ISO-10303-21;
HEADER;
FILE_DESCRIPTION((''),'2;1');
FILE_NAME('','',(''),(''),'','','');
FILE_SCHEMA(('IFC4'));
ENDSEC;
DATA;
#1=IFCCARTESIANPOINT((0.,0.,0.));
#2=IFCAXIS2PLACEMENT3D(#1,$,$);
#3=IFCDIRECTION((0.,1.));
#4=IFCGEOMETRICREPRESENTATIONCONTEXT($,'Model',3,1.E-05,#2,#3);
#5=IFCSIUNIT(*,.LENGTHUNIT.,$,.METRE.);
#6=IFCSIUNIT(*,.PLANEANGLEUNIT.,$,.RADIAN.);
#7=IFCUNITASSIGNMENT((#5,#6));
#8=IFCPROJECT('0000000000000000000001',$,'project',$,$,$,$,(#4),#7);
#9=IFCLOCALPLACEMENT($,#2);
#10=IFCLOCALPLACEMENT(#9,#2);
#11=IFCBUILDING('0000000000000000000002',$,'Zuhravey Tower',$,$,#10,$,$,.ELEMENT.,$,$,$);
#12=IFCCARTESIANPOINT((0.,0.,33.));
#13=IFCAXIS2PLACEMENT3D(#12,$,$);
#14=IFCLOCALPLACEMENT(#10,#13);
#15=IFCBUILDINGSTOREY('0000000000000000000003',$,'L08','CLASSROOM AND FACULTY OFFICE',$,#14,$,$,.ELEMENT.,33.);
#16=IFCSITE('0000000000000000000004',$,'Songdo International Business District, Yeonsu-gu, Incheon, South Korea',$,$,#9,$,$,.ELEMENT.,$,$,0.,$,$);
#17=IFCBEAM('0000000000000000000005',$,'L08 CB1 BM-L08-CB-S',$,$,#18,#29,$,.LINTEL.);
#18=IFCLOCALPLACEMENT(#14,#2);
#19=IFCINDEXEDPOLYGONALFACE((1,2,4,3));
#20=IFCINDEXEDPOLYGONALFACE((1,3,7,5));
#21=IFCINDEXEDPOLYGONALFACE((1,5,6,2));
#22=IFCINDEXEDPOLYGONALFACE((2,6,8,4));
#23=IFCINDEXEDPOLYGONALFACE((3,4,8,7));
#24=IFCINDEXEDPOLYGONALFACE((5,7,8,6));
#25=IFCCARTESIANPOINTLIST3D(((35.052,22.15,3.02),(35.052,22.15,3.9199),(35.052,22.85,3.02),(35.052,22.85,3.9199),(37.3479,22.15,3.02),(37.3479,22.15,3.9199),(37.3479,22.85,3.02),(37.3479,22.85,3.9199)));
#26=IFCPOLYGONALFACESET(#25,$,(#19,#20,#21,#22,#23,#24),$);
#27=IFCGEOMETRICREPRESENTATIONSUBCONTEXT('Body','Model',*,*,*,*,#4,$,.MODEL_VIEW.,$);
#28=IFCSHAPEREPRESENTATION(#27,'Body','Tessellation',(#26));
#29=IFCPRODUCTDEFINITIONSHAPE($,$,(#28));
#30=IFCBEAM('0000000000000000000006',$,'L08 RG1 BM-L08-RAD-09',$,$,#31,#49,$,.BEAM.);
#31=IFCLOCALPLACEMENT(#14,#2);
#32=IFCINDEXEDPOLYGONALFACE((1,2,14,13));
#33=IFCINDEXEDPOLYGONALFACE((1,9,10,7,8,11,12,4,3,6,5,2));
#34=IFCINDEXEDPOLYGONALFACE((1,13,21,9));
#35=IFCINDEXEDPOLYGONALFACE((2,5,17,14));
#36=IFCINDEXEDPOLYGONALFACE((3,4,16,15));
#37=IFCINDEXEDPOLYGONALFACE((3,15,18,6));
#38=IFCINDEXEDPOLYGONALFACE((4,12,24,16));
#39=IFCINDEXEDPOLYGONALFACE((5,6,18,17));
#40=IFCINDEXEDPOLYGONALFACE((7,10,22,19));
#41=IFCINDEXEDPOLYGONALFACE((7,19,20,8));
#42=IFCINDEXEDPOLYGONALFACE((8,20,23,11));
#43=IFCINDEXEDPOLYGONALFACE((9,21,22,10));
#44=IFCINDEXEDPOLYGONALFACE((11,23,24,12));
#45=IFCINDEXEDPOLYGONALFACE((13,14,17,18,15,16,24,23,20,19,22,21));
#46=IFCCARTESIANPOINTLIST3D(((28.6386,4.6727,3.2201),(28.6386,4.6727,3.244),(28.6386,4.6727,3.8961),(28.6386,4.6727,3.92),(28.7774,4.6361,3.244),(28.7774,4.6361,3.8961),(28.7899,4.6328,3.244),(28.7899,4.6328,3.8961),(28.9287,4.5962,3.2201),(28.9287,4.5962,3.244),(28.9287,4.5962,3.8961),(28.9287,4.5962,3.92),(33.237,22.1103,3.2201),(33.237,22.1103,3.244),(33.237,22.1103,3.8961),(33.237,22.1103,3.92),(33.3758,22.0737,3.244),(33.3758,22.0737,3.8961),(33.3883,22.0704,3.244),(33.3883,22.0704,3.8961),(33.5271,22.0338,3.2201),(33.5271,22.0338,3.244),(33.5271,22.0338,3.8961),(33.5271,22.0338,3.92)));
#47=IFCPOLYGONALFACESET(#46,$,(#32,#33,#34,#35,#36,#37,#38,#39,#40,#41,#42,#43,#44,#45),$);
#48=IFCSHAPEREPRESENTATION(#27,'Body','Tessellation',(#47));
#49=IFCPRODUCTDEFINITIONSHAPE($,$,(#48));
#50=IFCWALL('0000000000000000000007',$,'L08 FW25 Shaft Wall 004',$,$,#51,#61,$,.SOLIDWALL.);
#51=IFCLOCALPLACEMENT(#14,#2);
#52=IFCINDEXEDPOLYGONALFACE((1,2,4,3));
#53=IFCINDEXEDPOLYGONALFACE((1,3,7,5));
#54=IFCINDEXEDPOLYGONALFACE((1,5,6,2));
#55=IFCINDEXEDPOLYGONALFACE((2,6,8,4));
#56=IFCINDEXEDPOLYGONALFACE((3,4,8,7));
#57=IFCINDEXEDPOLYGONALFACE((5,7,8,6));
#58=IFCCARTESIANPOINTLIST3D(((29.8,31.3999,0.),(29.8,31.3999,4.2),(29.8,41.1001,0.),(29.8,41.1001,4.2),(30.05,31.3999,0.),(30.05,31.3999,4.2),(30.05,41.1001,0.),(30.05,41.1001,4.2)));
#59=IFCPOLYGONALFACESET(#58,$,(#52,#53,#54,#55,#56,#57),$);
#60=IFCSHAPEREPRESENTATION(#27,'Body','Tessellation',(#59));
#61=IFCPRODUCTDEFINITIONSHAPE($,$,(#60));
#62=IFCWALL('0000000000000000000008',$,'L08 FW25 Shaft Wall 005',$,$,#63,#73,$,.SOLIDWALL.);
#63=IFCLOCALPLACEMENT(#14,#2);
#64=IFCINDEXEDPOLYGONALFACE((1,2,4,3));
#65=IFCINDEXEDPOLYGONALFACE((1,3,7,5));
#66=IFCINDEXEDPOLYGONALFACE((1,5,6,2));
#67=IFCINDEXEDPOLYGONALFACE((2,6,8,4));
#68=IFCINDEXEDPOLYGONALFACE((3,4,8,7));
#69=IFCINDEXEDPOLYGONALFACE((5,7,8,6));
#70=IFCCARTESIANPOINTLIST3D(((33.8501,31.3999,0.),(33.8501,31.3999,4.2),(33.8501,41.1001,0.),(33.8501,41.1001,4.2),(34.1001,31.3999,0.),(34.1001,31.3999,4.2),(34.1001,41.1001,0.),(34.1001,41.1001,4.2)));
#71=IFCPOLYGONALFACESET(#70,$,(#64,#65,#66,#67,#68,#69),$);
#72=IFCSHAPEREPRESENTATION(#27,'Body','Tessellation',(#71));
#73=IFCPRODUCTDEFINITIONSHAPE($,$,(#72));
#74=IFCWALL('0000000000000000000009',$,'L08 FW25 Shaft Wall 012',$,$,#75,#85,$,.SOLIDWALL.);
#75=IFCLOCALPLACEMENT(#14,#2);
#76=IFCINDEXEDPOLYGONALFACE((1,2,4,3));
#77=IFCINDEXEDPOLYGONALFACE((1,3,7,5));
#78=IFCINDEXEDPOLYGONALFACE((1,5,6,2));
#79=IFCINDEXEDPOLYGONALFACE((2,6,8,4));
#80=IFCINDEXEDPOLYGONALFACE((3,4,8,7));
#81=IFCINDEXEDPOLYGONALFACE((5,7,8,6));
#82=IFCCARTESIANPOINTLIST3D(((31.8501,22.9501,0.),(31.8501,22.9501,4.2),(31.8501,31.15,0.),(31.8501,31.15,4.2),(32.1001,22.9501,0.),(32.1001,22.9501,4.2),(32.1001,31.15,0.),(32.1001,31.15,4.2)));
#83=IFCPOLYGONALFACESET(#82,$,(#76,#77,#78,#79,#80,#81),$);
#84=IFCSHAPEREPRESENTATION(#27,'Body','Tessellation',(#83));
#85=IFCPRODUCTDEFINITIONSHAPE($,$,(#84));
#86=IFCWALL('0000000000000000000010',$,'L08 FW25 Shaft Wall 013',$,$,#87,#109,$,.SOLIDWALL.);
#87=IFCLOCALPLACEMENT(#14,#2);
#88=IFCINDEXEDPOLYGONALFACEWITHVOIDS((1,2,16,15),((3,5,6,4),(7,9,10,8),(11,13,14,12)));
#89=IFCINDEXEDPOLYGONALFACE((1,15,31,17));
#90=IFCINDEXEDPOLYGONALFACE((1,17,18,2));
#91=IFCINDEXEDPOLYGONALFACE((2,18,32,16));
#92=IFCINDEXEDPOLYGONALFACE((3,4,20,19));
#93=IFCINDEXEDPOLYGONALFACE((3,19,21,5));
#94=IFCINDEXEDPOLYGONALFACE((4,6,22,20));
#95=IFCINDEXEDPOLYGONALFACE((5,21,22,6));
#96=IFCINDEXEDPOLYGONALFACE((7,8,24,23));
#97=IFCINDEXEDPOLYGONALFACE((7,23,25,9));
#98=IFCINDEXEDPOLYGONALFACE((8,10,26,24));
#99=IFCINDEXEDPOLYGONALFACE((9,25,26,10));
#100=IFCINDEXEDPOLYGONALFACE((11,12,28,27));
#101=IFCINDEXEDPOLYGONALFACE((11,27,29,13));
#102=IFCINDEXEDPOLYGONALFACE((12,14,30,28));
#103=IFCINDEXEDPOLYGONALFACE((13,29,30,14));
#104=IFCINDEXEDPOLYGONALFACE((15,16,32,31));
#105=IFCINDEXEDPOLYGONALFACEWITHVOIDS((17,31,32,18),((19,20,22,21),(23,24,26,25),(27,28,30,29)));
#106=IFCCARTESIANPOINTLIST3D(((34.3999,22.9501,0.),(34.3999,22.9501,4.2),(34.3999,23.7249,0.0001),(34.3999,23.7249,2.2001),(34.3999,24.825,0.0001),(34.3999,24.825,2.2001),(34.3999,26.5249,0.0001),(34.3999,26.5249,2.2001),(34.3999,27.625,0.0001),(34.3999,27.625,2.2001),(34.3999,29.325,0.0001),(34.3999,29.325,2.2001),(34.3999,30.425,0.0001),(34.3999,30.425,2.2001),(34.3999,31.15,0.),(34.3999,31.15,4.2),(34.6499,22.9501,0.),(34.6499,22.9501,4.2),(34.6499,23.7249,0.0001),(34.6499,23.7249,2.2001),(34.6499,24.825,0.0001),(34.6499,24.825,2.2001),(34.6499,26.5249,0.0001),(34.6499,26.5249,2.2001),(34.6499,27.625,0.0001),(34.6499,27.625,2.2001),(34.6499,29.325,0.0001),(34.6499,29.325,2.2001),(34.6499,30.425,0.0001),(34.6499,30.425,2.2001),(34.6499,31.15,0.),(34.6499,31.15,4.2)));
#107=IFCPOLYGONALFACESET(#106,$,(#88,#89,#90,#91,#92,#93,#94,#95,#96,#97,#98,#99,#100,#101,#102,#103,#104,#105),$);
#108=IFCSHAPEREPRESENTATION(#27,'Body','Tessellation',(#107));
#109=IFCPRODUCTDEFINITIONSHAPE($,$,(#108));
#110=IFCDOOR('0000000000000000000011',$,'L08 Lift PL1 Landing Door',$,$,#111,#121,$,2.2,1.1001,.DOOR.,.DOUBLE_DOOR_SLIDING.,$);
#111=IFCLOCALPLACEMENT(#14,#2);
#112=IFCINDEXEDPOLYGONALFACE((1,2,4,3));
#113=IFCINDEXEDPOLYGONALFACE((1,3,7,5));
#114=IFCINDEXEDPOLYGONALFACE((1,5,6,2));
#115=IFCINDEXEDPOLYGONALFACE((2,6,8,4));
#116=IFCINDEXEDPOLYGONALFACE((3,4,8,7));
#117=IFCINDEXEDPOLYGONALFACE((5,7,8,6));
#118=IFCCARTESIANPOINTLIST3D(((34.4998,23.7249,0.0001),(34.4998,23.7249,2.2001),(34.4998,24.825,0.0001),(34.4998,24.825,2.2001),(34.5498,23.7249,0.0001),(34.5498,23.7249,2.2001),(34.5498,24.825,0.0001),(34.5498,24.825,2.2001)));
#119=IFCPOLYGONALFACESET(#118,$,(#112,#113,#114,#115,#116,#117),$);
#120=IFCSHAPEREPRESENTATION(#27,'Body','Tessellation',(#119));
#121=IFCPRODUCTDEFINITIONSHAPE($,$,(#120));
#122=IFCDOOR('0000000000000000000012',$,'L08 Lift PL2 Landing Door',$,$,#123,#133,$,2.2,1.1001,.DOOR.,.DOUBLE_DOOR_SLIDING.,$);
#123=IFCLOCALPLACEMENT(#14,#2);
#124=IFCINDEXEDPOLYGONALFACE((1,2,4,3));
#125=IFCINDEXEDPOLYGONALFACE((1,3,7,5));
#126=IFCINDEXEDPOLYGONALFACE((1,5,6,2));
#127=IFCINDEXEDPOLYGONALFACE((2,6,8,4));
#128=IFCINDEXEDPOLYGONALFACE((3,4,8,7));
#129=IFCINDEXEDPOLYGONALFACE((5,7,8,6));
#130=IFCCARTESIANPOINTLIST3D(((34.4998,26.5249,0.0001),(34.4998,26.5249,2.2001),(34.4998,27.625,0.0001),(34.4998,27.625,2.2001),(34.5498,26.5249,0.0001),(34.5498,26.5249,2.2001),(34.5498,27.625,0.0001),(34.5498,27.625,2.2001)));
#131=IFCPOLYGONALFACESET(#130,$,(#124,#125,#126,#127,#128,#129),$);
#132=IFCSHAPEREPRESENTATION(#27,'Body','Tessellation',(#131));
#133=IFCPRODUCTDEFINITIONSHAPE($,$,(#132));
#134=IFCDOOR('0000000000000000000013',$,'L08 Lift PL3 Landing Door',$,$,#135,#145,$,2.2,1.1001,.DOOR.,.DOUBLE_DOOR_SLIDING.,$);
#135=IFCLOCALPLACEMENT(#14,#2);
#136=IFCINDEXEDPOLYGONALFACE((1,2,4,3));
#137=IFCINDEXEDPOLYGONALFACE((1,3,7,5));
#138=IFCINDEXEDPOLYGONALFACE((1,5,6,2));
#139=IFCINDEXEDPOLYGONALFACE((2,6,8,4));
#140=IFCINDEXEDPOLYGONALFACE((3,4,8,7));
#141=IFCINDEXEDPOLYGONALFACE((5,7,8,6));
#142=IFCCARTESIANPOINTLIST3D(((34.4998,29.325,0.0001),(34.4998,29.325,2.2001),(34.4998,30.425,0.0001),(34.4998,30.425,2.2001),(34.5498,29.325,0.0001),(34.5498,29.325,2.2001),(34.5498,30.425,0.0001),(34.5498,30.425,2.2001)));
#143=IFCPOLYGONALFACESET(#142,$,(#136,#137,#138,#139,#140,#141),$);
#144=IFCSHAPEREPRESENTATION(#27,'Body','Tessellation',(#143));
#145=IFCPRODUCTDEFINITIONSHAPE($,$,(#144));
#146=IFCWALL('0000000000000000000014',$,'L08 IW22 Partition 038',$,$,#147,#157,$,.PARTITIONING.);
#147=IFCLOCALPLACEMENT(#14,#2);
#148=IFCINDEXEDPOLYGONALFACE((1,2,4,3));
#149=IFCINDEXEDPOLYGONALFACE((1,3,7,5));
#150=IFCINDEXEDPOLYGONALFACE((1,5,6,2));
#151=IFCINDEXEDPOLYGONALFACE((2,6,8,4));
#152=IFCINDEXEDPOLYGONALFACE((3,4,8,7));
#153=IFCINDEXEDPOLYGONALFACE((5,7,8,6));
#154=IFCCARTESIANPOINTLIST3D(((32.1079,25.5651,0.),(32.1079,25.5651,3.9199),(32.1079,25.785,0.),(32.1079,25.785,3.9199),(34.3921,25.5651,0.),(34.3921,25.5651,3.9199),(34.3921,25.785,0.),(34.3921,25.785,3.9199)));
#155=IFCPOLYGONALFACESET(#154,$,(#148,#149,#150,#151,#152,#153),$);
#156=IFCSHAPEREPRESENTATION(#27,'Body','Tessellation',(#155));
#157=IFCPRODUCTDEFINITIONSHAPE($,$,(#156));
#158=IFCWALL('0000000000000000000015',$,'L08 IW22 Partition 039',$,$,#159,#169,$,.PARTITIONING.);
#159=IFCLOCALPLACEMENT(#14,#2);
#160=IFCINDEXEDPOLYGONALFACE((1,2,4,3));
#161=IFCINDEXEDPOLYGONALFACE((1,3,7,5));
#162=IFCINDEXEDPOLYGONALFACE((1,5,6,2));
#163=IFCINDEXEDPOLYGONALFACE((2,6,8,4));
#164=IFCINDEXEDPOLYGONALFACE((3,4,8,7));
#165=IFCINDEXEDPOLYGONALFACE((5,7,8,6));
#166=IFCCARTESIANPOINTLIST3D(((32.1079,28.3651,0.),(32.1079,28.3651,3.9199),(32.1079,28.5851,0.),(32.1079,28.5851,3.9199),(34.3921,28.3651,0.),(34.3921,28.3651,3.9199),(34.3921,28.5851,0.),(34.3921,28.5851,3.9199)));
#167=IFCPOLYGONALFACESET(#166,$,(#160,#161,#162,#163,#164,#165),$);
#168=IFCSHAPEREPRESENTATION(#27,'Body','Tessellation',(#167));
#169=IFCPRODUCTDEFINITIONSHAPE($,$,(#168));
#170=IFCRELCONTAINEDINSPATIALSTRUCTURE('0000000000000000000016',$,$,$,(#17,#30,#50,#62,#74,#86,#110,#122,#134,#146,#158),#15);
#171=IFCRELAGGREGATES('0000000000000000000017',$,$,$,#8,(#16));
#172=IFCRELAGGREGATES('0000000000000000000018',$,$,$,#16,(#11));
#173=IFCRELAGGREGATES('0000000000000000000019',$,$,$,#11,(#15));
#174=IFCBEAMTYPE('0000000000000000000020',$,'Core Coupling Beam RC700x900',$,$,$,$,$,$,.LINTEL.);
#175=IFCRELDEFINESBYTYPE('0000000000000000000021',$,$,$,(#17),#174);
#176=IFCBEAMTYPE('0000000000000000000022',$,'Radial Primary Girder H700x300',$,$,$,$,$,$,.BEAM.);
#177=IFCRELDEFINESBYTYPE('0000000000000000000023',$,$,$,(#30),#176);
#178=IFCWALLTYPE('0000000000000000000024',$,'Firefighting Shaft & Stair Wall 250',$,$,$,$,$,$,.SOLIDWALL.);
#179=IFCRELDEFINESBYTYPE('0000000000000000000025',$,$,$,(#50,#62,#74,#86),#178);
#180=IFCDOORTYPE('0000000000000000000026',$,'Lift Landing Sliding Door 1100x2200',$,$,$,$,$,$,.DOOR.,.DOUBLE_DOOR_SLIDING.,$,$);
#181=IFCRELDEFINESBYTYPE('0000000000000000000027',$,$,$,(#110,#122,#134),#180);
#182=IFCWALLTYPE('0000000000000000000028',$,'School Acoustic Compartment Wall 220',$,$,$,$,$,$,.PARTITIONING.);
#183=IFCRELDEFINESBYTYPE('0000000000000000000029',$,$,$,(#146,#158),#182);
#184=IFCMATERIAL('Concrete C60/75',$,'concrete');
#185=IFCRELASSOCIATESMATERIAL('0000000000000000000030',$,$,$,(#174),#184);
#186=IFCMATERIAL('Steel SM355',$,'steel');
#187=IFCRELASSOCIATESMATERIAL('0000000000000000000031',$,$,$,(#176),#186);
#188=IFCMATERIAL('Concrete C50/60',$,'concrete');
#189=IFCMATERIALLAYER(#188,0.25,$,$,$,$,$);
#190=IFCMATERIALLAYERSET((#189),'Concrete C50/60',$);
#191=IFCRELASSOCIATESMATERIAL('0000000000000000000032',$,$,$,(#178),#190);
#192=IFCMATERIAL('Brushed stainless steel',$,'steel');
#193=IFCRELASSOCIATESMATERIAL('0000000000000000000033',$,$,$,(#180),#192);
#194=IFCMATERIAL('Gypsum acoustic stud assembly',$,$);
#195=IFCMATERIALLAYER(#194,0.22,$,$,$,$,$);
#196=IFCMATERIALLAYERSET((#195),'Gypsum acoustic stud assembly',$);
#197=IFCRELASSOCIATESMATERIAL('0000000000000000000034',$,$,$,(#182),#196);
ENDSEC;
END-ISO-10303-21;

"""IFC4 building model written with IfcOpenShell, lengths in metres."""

from ifc_helpers import new_model, si_unit, direction, frame, frame_2d, origin, origin_2d, place, context, subcontext, project, spatial, rectangle, i_section, extrude, material, layer, layer_set, material_profile, profile_set, type_object, element, fill, save


model = new_model("IFC4")

# Units and contexts
model_context = context("Model", 3, precision=1e-05, world=origin(), true_north=direction((0.0, 1.0)))
body_context = subcontext(model_context, "Body", "Model", "MODEL_VIEW")
ifc_project = project(units=[si_unit("LENGTHUNIT", "METRE"), si_unit("PLANEANGLEUNIT", "RADIAN")], contexts=[model_context])

# Site, building, storey
site_placement = place(None, origin())
site = spatial("IfcSite", under=ifc_project, at=site_placement, Name="Songdo International Business District, Yeonsu-gu, Incheon, South Korea", CompositionType="ELEMENT", RefElevation=0.0)
building_placement = place(site_placement, origin())
building = spatial("IfcBuilding", under=site, at=building_placement, Name="Zuhravey Tower", CompositionType="ELEMENT")
storey_placement = place(building_placement, frame((0.0, 0.0, 33.0)))
storey = spatial("IfcBuildingStorey", under=building, at=storey_placement, Name="L08", Description="CLASSROOM AND FACULTY OFFICE", CompositionType="ELEMENT", Elevation=33.0)

# Beams
ifc_material_1 = material(Name="Concrete C60/75", Category="concrete")
ifc_material_profile_1 = material_profile(ifc_material_1, rectangle(XDim=0.7, YDim=0.8999, at=origin_2d()), Name="RC-700x900")
ifc_profile_set_1 = profile_set([ifc_material_profile_1], Name="Concrete C60/75")
beam_type_1 = type_object("IfcBeamType", Name="Core Coupling Beam RC700x900", PredefinedType="LINTEL", material=ifc_profile_set_1)
beam_1_placement = place(storey_placement, frame((35.052, 22.5, 3.47), z_axis=(1.0, 0.0, 0.0), x_axis=(0.0, 1.0, 0.0)))
element("IfcBeam", 1, at=beam_1_placement, inside=storey, type_object=beam_type_1, Name="L08 CB1 BM-L08-CB-S", PredefinedType="LINTEL", context=body_context, shape_type="SweptSolid", body=[
    extrude(rectangle(XDim=0.7, YDim=0.8999, at=origin_2d()), origin(), (0.0, 0.0, 1.0), 2.2959),
])
ifc_material_2 = material(Name="Steel SM355", Category="steel")
ifc_material_profile_2 = material_profile(ifc_material_2, i_section(OverallWidth=0.3, OverallDepth=0.7, WebThickness=0.0129, FlangeThickness=0.0239, at=origin_2d()), Name="H-700x300x13x24")
ifc_profile_set_2 = profile_set([ifc_material_profile_2], Name="Steel SM355")
beam_type_2 = type_object("IfcBeamType", Name="Radial Primary Girder H700x300", PredefinedType="BEAM", material=ifc_profile_set_2)
beam_2_placement = place(storey_placement, frame((33.3821, 22.072, 3.5701), z_axis=(-0.25499, -0.966944, 0.0), x_axis=(0.966944, -0.25499, 0.0)))
element("IfcBeam", 2, at=beam_2_placement, inside=storey, type_object=beam_type_2, Name="L08 RG1 BM-L08-RAD-09", PredefinedType="BEAM", context=body_context, shape_type="SweptSolid", body=[
    extrude(i_section(OverallWidth=0.3, OverallDepth=0.7, WebThickness=0.0129, FlangeThickness=0.0239, at=origin_2d()), origin(), (0.0, 0.0, 1.0), 18.0337),
])

# Shared definitions
ifc_material_3 = material(Name="Concrete C50/60", Category="concrete")
ifc_layer_1 = layer(ifc_material_3, 0.25)
ifc_layer_set_1 = layer_set([ifc_layer_1], Name="Concrete C50/60")
wall_type_1 = type_object("IfcWallType", Name="Firefighting Shaft & Stair Wall 250", PredefinedType="SOLIDWALL", material=ifc_layer_set_1)

# Walls
for number, where, z_axis, x_axis, name in (
    (3, (29.925, 31.3999, 0.0), (0.0, 0.0, 1.0), (0.0, 1.0, 0.0), "L08 FW25 Shaft Wall 004"),
    (4, (33.9751, 31.3999, 0.0), (0.0, 0.0, 1.0), (0.0, 1.0, 0.0), "L08 FW25 Shaft Wall 005"),
):
    element("IfcWall", number, at=place(storey_placement, frame(where, z_axis=z_axis, x_axis=x_axis)), inside=storey, type_object=wall_type_1, Name=name, PredefinedType="SOLIDWALL", context=body_context, shape_type="SweptSolid", body=[
        extrude(rectangle(XDim=9.7002, YDim=0.25, at=frame_2d((4.8501, 0.0))), origin(), (0.0, 0.0, 1.0), 4.2),
    ])
wall_1_placement = place(storey_placement, frame((31.9751, 22.95, 0.0), z_axis=(0.0, 0.0, 1.0), x_axis=(0.0, 1.0, 0.0)))
element("IfcWall", 5, at=wall_1_placement, inside=storey, type_object=wall_type_1, Name="L08 FW25 Shaft Wall 012", PredefinedType="SOLIDWALL", context=body_context, shape_type="SweptSolid", body=[
    extrude(rectangle(XDim=8.2, YDim=0.25, at=frame_2d((4.1001, 0.0))), origin(), (0.0, 0.0, 1.0), 4.2),
])

# Wall, openings, doors
wall_2_placement = place(storey_placement, frame((34.5249, 22.95, 0.0), z_axis=(0.0, 0.0, 1.0), x_axis=(0.0, 1.0, 0.0)))
wall_2 = element("IfcWall", 6, at=wall_2_placement, inside=storey, type_object=wall_type_1, Name="L08 FW25 Shaft Wall 013", PredefinedType="SOLIDWALL", context=body_context, shape_type="SweptSolid", body=[
    extrude(rectangle(XDim=8.2, YDim=0.25, at=frame_2d((4.1001, 0.0))), origin(), (0.0, 0.0, 1.0), 4.2),
])
opening_1_placement = place(wall_2_placement, frame((0.7749, 0.0, 0.0)))
opening_1 = element("IfcOpeningElement", 7, at=opening_1_placement, cuts=wall_2, PredefinedType="OPENING", context=body_context, shape_type="SweptSolid", body=[
    extrude(rectangle(XDim=1.1001, YDim=2.2, at=frame_2d((0.55, 1.1001))), frame((0.0, 0.137, 0.0), z_axis=(0.0, -1.0, 0.0), x_axis=(1.0, 0.0, 0.0)), (0.0, 0.0, 1.0), 0.2739),
])
opening_2_placement = place(wall_2_placement, frame((3.575, 0.0, 0.0)))
opening_2 = element("IfcOpeningElement", 8, at=opening_2_placement, cuts=wall_2, PredefinedType="OPENING", context=body_context, shape_type="SweptSolid", body=[
    extrude(rectangle(XDim=1.1001, YDim=2.2, at=frame_2d((0.55, 1.1001))), frame((0.0, 0.137, 0.0), z_axis=(0.0, -1.0, 0.0), x_axis=(1.0, 0.0, 0.0)), (0.0, 0.0, 1.0), 0.2739),
])
opening_3_placement = place(wall_2_placement, frame((6.375, 0.0, 0.0)))
opening_3 = element("IfcOpeningElement", 9, at=opening_3_placement, cuts=wall_2, PredefinedType="OPENING", context=body_context, shape_type="SweptSolid", body=[
    extrude(rectangle(XDim=1.1001, YDim=2.2, at=frame_2d((0.55, 1.1001))), frame((0.0, 0.137, 0.0), z_axis=(0.0, -1.0, 0.0), x_axis=(1.0, 0.0, 0.0)), (0.0, 0.0, 1.0), 0.2739),
])
ifc_material_4 = material(Name="Brushed stainless steel", Category="steel")
door_type_1 = type_object("IfcDoorType", Name="Lift Landing Sliding Door 1100x2200", OperationType="DOUBLE_DOOR_SLIDING", PredefinedType="DOOR", material=ifc_material_4)
door_1_placement = place(opening_1_placement, frame((1.1001, 0.0, 0.0), z_axis=(0.0, 0.0, 1.0), x_axis=(-1.0, 0.0, 0.0)))
door_1 = element("IfcDoor", 10, at=door_1_placement, inside=storey, type_object=door_type_1, Name="L08 Lift PL1 Landing Door", OperationType="DOUBLE_DOOR_SLIDING", OverallHeight=2.2, OverallWidth=1.1001, PredefinedType="DOOR", context=body_context, shape_type="SweptSolid", body=[
    extrude(rectangle(XDim=1.1001, YDim=2.2, at=frame_2d((0.55, 1.1001))), frame((0.0, 0.0249, 0.0), z_axis=(0.0, -1.0, 0.0), x_axis=(1.0, 0.0, 0.0)), (0.0, 0.0, 1.0), 0.05),
])
fill(opening_1, door_1)
door_2_placement = place(opening_2_placement, frame((1.1001, 0.0, 0.0), z_axis=(0.0, 0.0, 1.0), x_axis=(-1.0, 0.0, 0.0)))
door_2 = element("IfcDoor", 11, at=door_2_placement, inside=storey, type_object=door_type_1, Name="L08 Lift PL2 Landing Door", OperationType="DOUBLE_DOOR_SLIDING", OverallHeight=2.2, OverallWidth=1.1001, PredefinedType="DOOR", context=body_context, shape_type="SweptSolid", body=[
    extrude(rectangle(XDim=1.1001, YDim=2.2, at=frame_2d((0.55, 1.1001))), frame((0.0, 0.0249, 0.0), z_axis=(0.0, -1.0, 0.0), x_axis=(1.0, 0.0, 0.0)), (0.0, 0.0, 1.0), 0.05),
])
fill(opening_2, door_2)
door_3_placement = place(opening_3_placement, frame((1.1001, 0.0, 0.0), z_axis=(0.0, 0.0, 1.0), x_axis=(-1.0, 0.0, 0.0)))
door_3 = element("IfcDoor", 12, at=door_3_placement, inside=storey, type_object=door_type_1, Name="L08 Lift PL3 Landing Door", OperationType="DOUBLE_DOOR_SLIDING", OverallHeight=2.2, OverallWidth=1.1001, PredefinedType="DOOR", context=body_context, shape_type="SweptSolid", body=[
    extrude(rectangle(XDim=1.1001, YDim=2.2, at=frame_2d((0.55, 1.1001))), frame((0.0, 0.0249, 0.0), z_axis=(0.0, -1.0, 0.0), x_axis=(1.0, 0.0, 0.0)), (0.0, 0.0, 1.0), 0.05),
])
fill(opening_3, door_3)

# Walls
ifc_material_5 = material(Name="Gypsum acoustic stud assembly")
ifc_layer_2 = layer(ifc_material_5, 0.22)
ifc_layer_set_2 = layer_set([ifc_layer_2], Name="Gypsum acoustic stud assembly")
wall_type_2 = type_object("IfcWallType", Name="School Acoustic Compartment Wall 220", PredefinedType="PARTITIONING", material=ifc_layer_set_2)
for number, where, z_axis, x_axis, name in (
    (13, (32.1079, 25.675, 0.0), (0.0, 0.0, 1.0), (1.0, 0.0, 0.0), "L08 IW22 Partition 038"),
    (14, (32.1079, 28.4751, 0.0), (0.0, 0.0, 1.0), (1.0, 0.0, 0.0), "L08 IW22 Partition 039"),
):
    element("IfcWall", number, at=place(storey_placement, frame(where, z_axis=z_axis, x_axis=x_axis)), inside=storey, type_object=wall_type_2, Name=name, PredefinedType="PARTITIONING", context=body_context, shape_type="SweptSolid", body=[
        extrude(rectangle(XDim=2.2842, YDim=0.22, at=frame_2d((1.1421, 0.0))), origin(), (0.0, 0.0, 1.0), 3.9199),
    ])

save(model, "model.ifc")
